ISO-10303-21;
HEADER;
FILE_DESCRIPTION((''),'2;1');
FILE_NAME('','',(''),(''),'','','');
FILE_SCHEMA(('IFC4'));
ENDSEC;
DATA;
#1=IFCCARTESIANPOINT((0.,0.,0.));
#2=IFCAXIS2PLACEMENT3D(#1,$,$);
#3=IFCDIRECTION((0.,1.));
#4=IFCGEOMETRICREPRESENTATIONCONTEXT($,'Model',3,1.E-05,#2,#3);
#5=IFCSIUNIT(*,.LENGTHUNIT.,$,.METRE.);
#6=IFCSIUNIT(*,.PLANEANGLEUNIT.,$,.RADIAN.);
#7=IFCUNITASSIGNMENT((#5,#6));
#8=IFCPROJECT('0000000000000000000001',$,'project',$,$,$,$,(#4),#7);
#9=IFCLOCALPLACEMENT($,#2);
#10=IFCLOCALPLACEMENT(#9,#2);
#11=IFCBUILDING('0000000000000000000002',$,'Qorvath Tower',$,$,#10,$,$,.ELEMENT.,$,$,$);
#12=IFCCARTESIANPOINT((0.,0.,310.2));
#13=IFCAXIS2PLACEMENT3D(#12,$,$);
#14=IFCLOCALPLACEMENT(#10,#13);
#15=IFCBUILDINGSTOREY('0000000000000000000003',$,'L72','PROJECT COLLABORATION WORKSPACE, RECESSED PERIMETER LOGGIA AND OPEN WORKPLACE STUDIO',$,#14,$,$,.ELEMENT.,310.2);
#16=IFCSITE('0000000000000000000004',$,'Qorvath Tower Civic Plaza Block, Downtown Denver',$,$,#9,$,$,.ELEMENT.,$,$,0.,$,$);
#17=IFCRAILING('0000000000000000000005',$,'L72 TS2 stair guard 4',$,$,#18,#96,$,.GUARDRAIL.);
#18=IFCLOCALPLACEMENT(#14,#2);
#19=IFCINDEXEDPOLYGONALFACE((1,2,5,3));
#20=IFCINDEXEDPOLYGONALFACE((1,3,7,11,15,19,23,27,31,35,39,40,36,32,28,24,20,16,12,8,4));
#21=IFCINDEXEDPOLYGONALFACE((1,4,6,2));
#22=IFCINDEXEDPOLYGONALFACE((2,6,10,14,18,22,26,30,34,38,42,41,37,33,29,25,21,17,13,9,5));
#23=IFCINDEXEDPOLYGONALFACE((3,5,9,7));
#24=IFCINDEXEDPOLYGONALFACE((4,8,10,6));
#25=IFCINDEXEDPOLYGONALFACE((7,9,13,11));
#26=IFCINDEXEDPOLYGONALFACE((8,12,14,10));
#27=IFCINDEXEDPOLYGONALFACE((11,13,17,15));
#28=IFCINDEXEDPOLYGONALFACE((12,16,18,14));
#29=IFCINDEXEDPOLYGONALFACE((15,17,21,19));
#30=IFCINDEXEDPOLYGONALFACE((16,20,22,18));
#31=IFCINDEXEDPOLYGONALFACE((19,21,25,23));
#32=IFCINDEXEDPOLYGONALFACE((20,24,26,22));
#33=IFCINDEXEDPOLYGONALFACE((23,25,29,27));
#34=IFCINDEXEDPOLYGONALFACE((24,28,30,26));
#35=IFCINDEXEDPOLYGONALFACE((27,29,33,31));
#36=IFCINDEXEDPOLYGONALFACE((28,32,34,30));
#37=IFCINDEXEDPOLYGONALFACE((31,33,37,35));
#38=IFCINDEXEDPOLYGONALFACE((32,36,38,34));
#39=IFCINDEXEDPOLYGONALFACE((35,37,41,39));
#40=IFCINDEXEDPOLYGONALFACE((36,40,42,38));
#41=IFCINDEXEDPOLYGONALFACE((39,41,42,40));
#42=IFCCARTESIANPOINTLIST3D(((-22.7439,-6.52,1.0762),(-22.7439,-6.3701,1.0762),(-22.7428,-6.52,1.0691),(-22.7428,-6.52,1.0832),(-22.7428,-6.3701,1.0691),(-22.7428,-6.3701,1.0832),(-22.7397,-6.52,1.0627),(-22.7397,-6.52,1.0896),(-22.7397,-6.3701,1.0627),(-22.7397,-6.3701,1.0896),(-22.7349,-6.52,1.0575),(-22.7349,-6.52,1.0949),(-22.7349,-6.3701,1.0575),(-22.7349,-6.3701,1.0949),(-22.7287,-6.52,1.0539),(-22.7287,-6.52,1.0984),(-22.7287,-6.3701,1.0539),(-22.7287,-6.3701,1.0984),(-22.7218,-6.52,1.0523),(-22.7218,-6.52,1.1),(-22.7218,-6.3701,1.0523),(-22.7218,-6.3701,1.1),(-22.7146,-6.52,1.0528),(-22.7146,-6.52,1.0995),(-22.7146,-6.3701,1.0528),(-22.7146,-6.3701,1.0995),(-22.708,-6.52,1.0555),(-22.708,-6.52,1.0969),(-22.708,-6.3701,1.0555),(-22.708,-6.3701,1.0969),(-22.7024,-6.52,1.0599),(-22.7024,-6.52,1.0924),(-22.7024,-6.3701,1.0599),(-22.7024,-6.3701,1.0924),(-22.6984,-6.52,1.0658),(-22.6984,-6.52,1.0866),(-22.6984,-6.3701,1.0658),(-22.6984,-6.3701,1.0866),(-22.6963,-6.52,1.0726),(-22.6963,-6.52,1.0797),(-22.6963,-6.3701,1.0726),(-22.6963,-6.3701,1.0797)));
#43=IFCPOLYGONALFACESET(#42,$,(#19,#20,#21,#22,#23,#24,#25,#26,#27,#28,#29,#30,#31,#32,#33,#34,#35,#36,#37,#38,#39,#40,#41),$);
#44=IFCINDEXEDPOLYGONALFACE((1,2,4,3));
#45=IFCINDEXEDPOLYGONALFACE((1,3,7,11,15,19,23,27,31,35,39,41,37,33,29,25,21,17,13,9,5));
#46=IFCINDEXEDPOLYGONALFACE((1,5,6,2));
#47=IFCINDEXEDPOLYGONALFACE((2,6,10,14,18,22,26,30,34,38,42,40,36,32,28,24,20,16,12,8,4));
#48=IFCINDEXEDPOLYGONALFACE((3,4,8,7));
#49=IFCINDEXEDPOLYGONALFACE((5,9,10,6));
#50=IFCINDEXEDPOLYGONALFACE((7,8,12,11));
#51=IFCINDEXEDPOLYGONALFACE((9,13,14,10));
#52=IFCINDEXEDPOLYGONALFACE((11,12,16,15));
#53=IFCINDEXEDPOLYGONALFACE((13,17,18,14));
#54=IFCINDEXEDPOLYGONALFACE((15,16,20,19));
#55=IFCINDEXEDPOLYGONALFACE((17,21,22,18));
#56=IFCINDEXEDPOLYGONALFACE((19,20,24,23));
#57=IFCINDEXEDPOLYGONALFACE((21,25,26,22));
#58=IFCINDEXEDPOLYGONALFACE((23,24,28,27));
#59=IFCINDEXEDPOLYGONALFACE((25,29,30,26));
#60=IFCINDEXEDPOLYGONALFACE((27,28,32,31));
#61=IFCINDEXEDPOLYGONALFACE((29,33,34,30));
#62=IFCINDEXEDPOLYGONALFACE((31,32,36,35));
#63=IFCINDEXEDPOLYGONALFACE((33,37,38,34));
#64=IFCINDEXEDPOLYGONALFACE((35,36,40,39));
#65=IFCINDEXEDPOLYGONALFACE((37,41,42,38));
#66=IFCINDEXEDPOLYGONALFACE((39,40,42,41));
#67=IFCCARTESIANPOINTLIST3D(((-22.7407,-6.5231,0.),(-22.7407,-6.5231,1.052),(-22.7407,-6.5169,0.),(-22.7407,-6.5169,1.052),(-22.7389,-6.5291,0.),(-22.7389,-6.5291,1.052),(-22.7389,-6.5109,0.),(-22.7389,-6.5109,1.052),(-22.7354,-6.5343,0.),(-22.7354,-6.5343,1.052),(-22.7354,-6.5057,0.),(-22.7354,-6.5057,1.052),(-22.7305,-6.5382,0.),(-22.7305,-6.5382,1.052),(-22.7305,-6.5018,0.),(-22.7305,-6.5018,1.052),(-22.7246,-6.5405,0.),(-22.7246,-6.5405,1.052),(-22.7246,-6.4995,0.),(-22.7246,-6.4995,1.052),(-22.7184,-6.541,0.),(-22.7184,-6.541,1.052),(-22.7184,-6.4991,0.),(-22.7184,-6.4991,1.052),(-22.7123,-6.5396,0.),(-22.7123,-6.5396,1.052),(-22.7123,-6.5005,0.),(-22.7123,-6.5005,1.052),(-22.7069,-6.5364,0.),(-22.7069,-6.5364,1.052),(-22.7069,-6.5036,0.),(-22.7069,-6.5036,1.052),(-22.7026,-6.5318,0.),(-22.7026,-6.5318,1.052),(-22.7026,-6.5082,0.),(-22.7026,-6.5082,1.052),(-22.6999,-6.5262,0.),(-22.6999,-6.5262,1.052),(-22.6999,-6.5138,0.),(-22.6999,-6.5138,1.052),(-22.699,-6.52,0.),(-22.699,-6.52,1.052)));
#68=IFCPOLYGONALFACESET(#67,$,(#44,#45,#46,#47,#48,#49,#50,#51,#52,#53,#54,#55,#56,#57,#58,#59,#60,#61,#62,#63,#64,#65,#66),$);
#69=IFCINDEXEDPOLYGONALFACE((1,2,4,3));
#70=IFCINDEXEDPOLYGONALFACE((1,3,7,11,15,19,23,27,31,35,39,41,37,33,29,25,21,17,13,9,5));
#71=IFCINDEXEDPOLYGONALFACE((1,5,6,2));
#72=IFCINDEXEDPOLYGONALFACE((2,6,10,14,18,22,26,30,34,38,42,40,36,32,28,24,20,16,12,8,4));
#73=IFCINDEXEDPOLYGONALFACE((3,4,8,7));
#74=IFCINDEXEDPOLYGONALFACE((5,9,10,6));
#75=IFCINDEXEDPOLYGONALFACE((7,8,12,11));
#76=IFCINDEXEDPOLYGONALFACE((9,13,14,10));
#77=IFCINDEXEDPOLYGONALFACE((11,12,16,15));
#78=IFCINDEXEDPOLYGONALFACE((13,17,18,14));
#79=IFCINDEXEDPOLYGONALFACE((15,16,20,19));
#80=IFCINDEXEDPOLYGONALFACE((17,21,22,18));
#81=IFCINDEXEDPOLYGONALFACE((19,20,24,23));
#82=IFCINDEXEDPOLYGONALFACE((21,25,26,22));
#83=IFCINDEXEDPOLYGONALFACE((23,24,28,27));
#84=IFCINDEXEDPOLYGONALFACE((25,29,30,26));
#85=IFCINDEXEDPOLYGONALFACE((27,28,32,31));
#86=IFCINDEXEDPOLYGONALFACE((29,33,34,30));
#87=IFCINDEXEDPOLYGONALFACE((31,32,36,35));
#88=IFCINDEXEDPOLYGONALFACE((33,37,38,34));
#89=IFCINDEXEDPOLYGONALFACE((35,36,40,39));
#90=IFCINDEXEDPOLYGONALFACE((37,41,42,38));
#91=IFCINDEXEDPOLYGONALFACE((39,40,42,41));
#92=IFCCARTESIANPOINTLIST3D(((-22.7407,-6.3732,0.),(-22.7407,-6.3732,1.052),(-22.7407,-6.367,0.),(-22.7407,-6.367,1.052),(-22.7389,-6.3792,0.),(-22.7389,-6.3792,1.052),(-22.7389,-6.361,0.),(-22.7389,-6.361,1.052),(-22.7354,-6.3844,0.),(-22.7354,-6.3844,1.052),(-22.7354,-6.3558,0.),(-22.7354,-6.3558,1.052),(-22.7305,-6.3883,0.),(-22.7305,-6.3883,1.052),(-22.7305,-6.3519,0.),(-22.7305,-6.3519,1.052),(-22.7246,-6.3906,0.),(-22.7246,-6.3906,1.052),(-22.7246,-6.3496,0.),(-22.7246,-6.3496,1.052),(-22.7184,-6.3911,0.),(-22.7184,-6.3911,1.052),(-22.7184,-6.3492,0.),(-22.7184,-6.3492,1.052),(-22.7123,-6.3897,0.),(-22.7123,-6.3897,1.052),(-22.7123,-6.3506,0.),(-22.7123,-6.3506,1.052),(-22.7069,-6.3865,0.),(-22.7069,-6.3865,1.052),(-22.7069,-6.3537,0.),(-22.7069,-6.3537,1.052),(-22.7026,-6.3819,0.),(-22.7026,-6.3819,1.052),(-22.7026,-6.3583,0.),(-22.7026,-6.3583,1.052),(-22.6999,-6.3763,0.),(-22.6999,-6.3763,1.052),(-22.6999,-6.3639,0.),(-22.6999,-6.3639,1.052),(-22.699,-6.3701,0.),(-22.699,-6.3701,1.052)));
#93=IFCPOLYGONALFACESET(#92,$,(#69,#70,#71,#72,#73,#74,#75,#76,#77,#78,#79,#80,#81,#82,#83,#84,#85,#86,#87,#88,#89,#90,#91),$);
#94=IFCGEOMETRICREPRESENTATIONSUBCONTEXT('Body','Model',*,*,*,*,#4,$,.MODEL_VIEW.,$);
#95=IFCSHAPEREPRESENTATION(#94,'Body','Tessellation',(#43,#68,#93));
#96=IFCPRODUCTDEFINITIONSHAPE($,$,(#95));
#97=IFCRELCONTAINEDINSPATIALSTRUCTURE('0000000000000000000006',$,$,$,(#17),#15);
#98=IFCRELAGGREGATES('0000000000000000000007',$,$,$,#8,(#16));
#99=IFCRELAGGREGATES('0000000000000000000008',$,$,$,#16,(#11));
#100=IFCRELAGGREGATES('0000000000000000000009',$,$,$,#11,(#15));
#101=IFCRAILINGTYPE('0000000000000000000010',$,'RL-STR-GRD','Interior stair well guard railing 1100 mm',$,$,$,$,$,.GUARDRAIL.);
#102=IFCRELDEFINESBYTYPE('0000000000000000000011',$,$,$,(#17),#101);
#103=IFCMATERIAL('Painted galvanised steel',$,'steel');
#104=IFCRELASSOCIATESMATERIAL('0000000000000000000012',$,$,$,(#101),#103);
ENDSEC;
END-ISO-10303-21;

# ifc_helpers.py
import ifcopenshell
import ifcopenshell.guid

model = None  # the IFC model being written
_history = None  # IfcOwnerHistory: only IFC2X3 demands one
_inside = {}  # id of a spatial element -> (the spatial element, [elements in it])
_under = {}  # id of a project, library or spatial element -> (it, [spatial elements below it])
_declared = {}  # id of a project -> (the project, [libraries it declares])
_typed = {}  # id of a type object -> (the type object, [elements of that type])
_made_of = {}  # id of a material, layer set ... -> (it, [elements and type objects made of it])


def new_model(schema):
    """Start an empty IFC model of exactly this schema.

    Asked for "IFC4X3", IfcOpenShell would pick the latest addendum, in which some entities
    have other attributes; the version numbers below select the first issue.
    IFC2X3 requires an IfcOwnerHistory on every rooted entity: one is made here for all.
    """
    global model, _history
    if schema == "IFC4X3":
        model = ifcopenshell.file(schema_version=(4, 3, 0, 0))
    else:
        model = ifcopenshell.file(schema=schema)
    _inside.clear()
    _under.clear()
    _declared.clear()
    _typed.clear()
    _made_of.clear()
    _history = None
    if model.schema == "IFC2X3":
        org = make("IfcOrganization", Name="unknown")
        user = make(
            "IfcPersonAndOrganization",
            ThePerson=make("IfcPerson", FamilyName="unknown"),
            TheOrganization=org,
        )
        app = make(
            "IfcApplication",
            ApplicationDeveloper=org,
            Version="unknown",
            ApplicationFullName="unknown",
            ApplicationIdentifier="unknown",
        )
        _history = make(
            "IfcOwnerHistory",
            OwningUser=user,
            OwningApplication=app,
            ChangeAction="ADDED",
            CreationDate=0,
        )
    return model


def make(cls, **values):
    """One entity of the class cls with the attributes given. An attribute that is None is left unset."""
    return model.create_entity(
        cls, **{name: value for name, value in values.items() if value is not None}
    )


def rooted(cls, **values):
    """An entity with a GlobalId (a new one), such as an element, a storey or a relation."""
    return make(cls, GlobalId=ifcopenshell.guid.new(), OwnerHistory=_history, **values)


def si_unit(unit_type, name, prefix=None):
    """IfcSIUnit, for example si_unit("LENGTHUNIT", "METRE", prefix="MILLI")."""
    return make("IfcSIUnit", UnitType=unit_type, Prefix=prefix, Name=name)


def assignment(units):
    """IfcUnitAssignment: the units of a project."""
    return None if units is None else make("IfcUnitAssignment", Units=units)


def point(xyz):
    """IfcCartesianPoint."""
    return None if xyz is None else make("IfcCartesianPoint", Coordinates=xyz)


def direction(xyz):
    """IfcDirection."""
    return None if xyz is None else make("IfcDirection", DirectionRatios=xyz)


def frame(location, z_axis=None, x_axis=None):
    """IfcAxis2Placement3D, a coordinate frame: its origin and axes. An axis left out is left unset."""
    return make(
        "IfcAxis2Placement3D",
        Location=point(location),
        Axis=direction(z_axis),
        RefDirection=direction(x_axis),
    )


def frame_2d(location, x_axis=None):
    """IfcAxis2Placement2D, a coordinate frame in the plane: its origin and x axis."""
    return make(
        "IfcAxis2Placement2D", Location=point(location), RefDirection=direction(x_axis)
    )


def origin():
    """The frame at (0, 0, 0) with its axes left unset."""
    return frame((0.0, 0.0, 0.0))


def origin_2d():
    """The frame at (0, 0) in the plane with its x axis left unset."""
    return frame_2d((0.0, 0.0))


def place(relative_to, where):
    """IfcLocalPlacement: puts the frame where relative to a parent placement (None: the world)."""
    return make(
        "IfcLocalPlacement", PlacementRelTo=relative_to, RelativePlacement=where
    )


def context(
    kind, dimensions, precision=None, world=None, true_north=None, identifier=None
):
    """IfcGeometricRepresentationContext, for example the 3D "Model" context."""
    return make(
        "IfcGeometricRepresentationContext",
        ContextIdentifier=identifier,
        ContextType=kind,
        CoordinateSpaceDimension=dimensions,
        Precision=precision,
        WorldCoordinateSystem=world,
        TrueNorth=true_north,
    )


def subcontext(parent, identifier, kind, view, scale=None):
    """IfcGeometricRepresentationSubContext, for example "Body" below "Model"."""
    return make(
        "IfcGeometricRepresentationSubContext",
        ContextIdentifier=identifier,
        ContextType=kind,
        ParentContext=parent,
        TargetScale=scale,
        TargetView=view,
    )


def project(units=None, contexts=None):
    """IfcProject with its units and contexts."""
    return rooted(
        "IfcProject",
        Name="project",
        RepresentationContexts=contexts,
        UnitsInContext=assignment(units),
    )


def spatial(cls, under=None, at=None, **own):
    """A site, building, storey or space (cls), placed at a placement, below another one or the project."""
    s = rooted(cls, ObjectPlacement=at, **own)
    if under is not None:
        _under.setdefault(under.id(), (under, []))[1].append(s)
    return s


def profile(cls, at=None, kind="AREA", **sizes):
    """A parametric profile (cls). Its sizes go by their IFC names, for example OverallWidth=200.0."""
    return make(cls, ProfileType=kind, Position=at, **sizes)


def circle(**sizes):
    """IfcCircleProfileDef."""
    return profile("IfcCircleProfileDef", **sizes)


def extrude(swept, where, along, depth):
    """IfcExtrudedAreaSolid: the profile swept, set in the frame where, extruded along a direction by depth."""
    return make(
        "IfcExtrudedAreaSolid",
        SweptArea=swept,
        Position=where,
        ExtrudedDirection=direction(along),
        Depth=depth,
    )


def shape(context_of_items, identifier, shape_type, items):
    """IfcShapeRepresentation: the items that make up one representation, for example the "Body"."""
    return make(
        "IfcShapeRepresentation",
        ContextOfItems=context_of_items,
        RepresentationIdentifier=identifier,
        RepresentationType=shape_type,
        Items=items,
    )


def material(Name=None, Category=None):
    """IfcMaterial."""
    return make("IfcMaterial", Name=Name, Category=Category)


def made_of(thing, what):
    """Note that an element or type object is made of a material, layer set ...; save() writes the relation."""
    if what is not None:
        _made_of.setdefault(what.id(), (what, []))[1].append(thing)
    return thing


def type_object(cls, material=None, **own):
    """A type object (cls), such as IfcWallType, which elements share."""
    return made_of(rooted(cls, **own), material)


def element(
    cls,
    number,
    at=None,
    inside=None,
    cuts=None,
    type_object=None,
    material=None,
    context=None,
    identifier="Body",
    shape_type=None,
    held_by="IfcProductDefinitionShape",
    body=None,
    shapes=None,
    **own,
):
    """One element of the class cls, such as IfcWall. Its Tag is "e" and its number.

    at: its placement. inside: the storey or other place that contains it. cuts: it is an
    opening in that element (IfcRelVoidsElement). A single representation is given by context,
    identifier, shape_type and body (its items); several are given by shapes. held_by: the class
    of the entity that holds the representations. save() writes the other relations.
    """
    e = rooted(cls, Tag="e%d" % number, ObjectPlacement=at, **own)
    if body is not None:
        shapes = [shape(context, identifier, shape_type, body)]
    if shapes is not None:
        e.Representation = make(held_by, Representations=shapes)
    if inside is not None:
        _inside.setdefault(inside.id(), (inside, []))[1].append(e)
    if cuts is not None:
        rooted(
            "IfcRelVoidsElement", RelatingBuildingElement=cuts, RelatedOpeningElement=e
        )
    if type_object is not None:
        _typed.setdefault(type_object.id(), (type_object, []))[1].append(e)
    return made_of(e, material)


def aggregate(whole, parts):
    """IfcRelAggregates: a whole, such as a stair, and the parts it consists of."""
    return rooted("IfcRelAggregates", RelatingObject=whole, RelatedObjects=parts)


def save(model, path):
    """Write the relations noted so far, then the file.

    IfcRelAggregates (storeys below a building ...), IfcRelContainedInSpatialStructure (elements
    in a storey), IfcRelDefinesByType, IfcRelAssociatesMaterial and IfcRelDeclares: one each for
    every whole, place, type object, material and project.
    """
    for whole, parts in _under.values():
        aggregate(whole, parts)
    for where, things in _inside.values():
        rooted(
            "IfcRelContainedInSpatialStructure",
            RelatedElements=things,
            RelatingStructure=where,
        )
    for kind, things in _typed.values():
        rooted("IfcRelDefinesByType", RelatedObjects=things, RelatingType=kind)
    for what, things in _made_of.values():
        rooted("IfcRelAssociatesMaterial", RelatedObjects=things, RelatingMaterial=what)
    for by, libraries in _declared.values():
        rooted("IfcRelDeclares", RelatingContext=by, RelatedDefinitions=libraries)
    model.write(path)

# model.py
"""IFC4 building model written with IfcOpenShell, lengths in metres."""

from ifc_helpers import new_model, si_unit, direction, frame, origin, origin_2d, place, context, subcontext, project, spatial, circle, extrude, material, type_object, element, save


model = new_model("IFC4")

# Units and contexts
model_context = context("Model", 3, precision=1e-05, world=origin(), true_north=direction((0.0, 1.0)))
body_context = subcontext(model_context, "Body", "Model", "MODEL_VIEW")
ifc_project = project(units=[si_unit("LENGTHUNIT", "METRE"), si_unit("PLANEANGLEUNIT", "RADIAN")], contexts=[model_context])

# Site, building, storey
site_placement = place(None, origin())
site = spatial("IfcSite", under=ifc_project, at=site_placement, Name="Qorvath Tower Civic Plaza Block, Downtown Denver", CompositionType="ELEMENT", RefElevation=0.0)
building_placement = place(site_placement, origin())
building = spatial("IfcBuilding", under=site, at=building_placement, Name="Qorvath Tower", CompositionType="ELEMENT")
storey_placement = place(building_placement, frame((0.0, 0.0, 310.2)))
storey = spatial("IfcBuildingStorey", under=building, at=storey_placement, Name="L72", Description="PROJECT COLLABORATION WORKSPACE, RECESSED PERIMETER LOGGIA AND OPEN WORKPLACE STUDIO", CompositionType="ELEMENT", Elevation=310.2)

# Railing
ifc_material_1 = material(Name="Painted galvanised steel", Category="steel")
railing_type_1 = type_object("IfcRailingType", Name="RL-STR-GRD", Description="Interior stair well guard railing 1100 mm", PredefinedType="GUARDRAIL", material=ifc_material_1)
railing_1_placement = place(storey_placement, frame((-22.72, -6.52, 0.0)))
element("IfcRailing", 1, at=railing_1_placement, inside=storey, type_object=railing_type_1, Name="L72 TS2 stair guard 4", PredefinedType="GUARDRAIL", context=body_context, shape_type="SweptSolid", body=[
    extrude(circle(Radius=0.0239, at=origin_2d()), frame((0.0, 0.0, 1.0762), z_axis=(0.0, 1.0, 0.0), x_axis=(-1.0, 0.0, 0.0)), (0.0, 0.0, 1.0), 0.1499),
    extrude(circle(Radius=0.021, at=origin_2d()), origin(), (0.0, 0.0, 1.0), 1.052),
    extrude(circle(Radius=0.021, at=origin_2d()), frame((0.0, 0.1499, 0.0)), (0.0, 0.0, 1.0), 1.052),
])

save(model, "model.ifc")
